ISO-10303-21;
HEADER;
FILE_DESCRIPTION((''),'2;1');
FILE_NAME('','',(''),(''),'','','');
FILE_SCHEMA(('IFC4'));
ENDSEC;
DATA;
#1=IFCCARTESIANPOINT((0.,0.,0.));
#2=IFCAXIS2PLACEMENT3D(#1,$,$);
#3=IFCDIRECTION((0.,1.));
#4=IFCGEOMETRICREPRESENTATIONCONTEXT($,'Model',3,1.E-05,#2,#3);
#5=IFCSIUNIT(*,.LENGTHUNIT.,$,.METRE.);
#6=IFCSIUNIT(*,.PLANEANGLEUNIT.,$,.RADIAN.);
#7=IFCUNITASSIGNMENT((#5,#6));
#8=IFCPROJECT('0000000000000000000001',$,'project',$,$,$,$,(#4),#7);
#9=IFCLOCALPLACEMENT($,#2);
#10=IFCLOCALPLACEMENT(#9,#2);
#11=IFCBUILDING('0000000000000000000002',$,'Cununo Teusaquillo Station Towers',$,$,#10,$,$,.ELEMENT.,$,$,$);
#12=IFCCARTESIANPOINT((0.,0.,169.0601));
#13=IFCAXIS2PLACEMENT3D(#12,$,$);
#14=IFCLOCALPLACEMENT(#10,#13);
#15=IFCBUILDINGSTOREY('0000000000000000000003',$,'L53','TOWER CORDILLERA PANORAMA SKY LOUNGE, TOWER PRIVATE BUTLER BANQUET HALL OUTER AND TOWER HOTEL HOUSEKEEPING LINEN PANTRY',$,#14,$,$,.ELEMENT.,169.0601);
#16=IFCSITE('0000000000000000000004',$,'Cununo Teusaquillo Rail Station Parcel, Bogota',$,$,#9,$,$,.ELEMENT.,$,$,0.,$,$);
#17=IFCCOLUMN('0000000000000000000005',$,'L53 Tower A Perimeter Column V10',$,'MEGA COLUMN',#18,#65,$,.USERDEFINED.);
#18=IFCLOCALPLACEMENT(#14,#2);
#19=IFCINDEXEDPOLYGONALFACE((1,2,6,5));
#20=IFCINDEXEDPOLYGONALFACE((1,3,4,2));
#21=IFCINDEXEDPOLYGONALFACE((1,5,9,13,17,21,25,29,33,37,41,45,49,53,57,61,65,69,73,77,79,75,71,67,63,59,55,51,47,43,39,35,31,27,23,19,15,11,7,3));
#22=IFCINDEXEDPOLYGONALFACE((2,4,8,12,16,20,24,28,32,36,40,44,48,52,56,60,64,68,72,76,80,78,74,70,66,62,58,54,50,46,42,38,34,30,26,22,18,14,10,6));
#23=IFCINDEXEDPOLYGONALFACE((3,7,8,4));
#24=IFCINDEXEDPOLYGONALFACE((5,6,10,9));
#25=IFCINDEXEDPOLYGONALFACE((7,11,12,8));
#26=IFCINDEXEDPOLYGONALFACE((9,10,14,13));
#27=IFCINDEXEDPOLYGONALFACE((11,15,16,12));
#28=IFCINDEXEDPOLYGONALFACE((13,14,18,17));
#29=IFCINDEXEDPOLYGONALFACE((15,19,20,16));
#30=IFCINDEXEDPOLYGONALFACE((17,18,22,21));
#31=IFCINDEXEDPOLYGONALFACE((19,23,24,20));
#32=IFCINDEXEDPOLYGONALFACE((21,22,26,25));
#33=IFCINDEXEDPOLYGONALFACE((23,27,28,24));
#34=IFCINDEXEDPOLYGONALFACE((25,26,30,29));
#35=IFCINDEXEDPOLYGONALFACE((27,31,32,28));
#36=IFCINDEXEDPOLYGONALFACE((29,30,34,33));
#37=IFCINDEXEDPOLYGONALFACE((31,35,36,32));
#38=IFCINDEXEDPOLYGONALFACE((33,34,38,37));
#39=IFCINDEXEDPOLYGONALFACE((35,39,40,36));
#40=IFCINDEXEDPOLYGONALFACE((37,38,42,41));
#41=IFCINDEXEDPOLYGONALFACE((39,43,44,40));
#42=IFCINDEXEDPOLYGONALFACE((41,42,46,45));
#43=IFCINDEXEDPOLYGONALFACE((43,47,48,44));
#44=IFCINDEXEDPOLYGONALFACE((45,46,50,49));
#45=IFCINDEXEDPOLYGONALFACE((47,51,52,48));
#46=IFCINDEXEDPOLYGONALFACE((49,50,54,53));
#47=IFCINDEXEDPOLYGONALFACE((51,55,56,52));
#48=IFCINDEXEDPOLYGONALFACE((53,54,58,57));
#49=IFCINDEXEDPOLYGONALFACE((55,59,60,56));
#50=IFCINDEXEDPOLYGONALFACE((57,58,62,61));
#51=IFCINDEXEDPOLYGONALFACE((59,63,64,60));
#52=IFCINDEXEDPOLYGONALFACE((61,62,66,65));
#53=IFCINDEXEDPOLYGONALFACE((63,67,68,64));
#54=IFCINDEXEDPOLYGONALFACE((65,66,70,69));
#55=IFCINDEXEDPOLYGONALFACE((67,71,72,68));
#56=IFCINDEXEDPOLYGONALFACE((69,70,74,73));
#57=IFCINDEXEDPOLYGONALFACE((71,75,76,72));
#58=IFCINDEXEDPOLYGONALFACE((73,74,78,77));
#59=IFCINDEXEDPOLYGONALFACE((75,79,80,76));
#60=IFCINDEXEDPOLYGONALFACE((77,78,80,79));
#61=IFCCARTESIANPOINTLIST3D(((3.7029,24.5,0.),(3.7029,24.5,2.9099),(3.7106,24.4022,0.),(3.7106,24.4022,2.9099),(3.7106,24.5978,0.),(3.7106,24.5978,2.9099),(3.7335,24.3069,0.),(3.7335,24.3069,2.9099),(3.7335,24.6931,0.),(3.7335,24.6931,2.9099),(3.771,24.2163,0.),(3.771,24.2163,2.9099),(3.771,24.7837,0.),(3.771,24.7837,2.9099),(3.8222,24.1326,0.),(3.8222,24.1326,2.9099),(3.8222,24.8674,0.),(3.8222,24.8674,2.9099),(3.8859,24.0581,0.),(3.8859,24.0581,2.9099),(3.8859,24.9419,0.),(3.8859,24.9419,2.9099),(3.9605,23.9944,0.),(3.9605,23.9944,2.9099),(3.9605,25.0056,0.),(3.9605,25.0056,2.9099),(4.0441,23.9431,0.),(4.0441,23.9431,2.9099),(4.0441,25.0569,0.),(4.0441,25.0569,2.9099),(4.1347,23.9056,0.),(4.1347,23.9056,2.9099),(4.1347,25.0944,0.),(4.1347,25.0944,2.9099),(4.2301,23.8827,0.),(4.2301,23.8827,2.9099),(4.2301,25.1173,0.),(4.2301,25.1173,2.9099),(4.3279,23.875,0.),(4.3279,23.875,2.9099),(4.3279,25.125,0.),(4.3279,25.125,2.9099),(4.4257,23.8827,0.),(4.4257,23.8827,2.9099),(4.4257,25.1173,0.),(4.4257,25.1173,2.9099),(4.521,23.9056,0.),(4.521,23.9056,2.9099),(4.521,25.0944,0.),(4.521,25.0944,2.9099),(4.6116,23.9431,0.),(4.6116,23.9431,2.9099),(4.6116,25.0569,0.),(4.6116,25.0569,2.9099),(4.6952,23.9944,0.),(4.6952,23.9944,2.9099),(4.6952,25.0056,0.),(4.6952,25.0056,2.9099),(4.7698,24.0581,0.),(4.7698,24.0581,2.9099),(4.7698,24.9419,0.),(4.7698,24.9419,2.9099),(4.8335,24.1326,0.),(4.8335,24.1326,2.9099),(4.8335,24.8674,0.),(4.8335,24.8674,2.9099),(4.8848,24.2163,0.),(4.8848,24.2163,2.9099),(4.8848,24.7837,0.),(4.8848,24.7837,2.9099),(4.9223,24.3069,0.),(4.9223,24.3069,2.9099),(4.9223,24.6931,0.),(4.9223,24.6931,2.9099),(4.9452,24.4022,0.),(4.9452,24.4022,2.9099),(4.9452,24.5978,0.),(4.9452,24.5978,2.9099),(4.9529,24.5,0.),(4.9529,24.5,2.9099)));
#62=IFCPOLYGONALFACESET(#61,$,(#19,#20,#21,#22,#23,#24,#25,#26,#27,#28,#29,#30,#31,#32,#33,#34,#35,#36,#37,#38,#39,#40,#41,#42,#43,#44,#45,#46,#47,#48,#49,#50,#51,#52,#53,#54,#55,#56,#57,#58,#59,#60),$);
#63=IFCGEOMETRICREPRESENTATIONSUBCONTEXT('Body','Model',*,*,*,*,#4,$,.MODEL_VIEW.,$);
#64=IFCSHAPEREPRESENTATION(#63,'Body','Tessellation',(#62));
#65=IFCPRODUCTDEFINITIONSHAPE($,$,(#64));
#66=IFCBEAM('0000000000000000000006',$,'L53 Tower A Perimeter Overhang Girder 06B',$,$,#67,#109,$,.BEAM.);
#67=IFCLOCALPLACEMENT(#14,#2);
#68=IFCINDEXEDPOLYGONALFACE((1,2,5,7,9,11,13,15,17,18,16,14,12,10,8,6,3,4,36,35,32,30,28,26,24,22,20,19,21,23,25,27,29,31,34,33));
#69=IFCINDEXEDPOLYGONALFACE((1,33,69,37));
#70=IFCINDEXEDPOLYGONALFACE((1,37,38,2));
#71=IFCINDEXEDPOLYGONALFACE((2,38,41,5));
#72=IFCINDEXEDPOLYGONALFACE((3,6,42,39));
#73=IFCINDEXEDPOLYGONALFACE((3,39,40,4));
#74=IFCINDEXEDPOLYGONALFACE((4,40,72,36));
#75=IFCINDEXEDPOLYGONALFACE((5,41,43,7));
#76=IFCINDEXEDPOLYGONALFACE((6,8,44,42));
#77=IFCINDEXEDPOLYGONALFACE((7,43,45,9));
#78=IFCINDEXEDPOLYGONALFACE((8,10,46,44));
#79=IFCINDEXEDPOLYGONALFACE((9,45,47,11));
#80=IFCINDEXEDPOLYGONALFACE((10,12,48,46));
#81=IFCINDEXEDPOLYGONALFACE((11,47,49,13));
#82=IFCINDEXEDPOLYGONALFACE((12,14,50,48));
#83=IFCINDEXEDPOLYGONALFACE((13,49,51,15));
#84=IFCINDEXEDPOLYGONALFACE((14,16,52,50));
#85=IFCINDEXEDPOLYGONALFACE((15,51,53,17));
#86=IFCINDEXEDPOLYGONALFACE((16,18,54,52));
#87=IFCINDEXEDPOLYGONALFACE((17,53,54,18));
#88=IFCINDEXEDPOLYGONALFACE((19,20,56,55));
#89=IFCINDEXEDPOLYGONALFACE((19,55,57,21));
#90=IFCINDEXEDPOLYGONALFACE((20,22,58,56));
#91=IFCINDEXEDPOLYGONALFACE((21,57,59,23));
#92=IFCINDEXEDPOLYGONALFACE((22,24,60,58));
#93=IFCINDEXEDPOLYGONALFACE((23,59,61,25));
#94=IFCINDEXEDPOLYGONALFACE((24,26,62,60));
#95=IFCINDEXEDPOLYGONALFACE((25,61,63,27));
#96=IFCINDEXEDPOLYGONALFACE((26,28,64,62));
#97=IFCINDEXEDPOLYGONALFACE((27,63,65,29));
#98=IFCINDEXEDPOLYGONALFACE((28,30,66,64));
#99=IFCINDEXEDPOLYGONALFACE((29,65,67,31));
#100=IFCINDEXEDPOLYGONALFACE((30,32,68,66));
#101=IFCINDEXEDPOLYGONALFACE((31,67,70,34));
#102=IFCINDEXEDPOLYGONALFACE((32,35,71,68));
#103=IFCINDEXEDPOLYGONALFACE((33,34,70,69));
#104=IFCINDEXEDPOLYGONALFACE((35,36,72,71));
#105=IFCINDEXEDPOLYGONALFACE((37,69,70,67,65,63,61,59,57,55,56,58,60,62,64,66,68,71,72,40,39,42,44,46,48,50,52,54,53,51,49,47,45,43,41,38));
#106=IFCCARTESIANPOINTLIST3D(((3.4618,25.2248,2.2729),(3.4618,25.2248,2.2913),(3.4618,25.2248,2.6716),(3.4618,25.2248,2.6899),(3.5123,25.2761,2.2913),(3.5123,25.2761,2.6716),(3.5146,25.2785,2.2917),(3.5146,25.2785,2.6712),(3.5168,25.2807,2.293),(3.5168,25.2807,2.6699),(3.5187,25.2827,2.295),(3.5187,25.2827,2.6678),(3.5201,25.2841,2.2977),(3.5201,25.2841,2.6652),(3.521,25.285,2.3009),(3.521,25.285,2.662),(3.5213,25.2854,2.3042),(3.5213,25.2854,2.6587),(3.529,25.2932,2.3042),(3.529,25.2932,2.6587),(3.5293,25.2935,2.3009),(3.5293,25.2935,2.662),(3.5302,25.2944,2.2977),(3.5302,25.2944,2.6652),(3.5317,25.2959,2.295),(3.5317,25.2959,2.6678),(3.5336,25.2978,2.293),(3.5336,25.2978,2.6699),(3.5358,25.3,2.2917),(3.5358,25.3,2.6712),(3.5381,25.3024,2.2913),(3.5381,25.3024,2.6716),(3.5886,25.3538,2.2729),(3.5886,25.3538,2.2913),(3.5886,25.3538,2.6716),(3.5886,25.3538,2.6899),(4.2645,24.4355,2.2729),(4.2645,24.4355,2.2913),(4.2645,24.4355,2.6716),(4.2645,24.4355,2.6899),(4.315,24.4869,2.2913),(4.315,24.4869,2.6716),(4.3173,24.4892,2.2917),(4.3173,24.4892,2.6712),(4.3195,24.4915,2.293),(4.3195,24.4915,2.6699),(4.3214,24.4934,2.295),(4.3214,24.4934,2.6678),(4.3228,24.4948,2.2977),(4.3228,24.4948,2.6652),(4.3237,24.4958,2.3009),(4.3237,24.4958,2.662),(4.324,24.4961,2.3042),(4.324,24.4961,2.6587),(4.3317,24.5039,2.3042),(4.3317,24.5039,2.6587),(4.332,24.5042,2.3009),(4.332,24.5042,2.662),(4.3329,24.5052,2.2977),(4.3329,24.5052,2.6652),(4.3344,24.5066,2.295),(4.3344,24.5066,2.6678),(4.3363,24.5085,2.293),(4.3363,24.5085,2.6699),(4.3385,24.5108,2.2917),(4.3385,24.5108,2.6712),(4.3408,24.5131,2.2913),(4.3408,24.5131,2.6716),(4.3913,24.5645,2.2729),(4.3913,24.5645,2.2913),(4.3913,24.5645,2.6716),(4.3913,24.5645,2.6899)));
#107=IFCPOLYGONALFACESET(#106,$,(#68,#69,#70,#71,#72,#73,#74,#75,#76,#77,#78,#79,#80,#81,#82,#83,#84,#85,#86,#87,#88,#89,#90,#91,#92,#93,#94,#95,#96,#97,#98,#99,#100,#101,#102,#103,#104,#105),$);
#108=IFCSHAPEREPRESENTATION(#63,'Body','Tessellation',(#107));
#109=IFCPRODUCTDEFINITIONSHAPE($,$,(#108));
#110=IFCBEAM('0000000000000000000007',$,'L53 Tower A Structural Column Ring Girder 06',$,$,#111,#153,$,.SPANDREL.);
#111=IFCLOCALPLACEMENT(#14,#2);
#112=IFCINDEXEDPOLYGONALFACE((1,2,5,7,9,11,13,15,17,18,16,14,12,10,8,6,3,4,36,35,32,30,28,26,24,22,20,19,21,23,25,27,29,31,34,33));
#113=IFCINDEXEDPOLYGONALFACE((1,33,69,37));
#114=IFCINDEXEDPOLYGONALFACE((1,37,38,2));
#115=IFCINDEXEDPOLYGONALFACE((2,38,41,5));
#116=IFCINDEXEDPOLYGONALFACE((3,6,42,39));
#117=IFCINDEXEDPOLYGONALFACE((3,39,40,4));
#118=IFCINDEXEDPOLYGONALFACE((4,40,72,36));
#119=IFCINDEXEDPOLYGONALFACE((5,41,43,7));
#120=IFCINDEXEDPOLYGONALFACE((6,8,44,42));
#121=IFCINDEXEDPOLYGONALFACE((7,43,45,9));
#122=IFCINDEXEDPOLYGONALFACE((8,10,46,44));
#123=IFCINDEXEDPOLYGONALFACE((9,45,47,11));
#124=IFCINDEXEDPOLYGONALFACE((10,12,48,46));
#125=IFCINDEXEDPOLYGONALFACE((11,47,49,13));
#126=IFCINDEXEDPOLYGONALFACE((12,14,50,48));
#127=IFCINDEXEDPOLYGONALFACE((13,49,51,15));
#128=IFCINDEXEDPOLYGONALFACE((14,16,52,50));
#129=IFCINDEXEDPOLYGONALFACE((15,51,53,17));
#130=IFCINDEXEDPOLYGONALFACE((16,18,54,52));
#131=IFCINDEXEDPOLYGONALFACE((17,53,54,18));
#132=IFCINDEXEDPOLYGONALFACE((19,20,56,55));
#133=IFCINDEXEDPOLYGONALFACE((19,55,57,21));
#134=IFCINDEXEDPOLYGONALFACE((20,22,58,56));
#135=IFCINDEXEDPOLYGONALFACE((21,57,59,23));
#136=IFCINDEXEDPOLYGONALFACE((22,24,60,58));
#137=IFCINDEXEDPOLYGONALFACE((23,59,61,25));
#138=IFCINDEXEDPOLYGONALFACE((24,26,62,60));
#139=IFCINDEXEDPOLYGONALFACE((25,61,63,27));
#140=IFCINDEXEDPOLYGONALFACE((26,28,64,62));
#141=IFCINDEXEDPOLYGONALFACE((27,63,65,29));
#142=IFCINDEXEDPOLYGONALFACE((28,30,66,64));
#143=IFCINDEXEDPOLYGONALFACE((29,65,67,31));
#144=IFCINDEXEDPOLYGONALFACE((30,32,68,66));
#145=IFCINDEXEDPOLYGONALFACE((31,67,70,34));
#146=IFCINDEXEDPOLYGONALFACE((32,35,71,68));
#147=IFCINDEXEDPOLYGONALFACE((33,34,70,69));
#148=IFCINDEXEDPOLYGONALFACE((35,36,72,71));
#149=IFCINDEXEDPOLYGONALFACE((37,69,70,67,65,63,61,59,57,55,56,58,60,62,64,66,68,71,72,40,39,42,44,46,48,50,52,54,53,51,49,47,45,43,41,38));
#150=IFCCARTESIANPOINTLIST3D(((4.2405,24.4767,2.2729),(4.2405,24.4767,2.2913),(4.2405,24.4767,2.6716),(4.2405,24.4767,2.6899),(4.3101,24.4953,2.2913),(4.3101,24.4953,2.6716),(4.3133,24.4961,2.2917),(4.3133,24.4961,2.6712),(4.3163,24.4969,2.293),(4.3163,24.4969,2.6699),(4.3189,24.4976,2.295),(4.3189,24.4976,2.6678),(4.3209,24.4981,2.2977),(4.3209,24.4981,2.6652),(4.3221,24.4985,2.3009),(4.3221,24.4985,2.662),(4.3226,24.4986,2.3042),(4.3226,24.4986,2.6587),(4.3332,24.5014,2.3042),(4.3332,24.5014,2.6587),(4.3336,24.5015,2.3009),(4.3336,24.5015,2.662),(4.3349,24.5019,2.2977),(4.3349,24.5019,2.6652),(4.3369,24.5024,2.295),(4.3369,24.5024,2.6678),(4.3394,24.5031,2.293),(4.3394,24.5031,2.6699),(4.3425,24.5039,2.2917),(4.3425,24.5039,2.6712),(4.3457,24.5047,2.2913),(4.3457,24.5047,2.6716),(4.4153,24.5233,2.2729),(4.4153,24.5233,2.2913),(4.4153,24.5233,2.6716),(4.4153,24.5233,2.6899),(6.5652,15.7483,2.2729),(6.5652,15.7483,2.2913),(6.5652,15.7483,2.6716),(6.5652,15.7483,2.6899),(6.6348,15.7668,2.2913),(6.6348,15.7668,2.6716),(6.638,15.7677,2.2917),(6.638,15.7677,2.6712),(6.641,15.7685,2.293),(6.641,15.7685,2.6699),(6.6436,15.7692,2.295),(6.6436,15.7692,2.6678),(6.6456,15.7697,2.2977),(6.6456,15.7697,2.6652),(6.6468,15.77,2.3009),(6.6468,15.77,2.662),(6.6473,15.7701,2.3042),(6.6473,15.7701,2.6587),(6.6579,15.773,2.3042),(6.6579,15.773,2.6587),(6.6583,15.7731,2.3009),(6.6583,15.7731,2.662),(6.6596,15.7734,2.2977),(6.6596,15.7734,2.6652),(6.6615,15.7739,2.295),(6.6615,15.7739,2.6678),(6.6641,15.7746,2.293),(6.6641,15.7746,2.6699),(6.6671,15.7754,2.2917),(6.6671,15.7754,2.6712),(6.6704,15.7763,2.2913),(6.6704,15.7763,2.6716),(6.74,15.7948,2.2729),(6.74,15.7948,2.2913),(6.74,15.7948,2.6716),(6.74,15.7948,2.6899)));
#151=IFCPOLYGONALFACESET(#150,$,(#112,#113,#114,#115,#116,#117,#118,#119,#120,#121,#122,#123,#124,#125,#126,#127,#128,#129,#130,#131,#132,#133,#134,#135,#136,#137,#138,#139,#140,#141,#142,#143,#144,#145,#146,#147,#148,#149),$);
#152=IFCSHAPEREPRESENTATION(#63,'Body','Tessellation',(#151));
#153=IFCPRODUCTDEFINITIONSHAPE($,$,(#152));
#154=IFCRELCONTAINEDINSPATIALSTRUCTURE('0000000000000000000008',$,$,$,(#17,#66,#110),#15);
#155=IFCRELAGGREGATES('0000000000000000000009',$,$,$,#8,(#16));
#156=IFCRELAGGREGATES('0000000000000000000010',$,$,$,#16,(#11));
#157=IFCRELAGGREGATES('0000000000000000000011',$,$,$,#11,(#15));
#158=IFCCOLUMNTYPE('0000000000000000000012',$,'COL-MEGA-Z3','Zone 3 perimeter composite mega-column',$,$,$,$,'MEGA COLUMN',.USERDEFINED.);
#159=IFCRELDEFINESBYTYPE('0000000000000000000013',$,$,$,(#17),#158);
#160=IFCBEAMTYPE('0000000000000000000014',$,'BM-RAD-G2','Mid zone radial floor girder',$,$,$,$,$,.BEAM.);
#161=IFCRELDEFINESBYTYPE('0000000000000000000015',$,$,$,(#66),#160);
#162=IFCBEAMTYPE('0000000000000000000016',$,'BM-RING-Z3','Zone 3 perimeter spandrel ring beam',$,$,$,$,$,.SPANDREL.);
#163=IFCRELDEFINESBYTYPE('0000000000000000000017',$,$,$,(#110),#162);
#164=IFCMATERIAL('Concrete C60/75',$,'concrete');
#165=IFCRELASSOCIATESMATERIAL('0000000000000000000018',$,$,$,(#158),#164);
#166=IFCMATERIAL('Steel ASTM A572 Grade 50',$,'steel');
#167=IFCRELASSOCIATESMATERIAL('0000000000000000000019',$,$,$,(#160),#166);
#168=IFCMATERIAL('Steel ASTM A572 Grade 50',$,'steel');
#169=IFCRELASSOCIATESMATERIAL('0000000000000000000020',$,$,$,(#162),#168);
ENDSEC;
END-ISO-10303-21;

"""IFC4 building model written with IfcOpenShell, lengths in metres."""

from ifc_helpers import new_model, si_unit, direction, frame, origin, origin_2d, place, context, subcontext, project, spatial, circle, i_section, extrude, material, material_profile, profile_set, type_object, element, save


model = new_model("IFC4")

# Units and contexts
model_context = context("Model", 3, precision=1e-05, world=origin(), true_north=direction((0.0, 1.0)))
body_context = subcontext(model_context, "Body", "Model", "MODEL_VIEW")
ifc_project = project(units=[si_unit("LENGTHUNIT", "METRE"), si_unit("PLANEANGLEUNIT", "RADIAN")], contexts=[model_context])

# Site, building, storey
site_placement = place(None, origin())
site = spatial("IfcSite", under=ifc_project, at=site_placement, Name="Cununo Teusaquillo Rail Station Parcel, Bogota", CompositionType="ELEMENT", RefElevation=0.0)
building_placement = place(site_placement, origin())
building = spatial("IfcBuilding", under=site, at=building_placement, Name="Cununo Teusaquillo Station Towers", CompositionType="ELEMENT")
storey_placement = place(building_placement, frame((0.0, 0.0, 169.0601)))
storey = spatial("IfcBuildingStorey", under=building, at=storey_placement, Name="L53", Description="TOWER CORDILLERA PANORAMA SKY LOUNGE, TOWER PRIVATE BUTLER BANQUET HALL OUTER AND TOWER HOTEL HOUSEKEEPING LINEN PANTRY", CompositionType="ELEMENT", Elevation=169.0601)

# Column
ifc_material_1 = material(Name="Concrete C60/75", Category="concrete")
ifc_material_profile_1 = material_profile(ifc_material_1, circle(Radius=0.625, at=origin_2d()), Name="RC-CIRC-1250")
ifc_profile_set_1 = profile_set([ifc_material_profile_1], Name="Concrete C60/75")
column_type = type_object("IfcColumnType", Name="COL-MEGA-Z3", Description="Zone 3 perimeter composite mega-column", ElementType="MEGA COLUMN", PredefinedType="USERDEFINED", material=ifc_profile_set_1)
column_placement = place(storey_placement, frame((4.3279, 24.5, 0.0), z_axis=(0.0, 0.0, 1.0), x_axis=(1.0, 0.0, 0.0)))
element("IfcColumn", 1, at=column_placement, inside=storey, type_object=column_type, Name="L53 Tower A Perimeter Column V10", ObjectType="MEGA COLUMN", PredefinedType="USERDEFINED", context=body_context, shape_type="SweptSolid", body=[
    extrude(circle(Radius=0.625, at=origin_2d()), origin(), (0.0, 0.0, 1.0), 2.9099),
])

# Beams
ifc_material_2 = material(Name="Steel ASTM A572 Grade 50", Category="steel")
ifc_material_profile_2 = material_profile(ifc_material_2, i_section(OverallWidth=0.1809, OverallDepth=0.417, WebThickness=0.011, FlangeThickness=0.0183, FilletRadius=0.0129, at=origin_2d()), Name="W16X57")
ifc_profile_set_2 = profile_set([ifc_material_profile_2], Name="Steel ASTM A572 Grade 50")
beam_type_1 = type_object("IfcBeamType", Name="BM-RAD-G2", Description="Mid zone radial floor girder", PredefinedType="BEAM", material=ifc_profile_set_2)
beam_1_placement = place(storey_placement, frame((4.3279, 24.5, 2.4814), z_axis=(-0.713045, 0.701118, 0.0), x_axis=(-0.701118, -0.713045, 0.0)))
element("IfcBeam", 2, at=beam_1_placement, inside=storey, type_object=beam_type_1, Name="L53 Tower A Perimeter Overhang Girder 06B", PredefinedType="BEAM", context=body_context, shape_type="SweptSolid", body=[
    extrude(i_section(OverallWidth=0.1809, OverallDepth=0.417, WebThickness=0.011, FlangeThickness=0.0183, FilletRadius=0.0129, at=origin_2d()), origin(), (0.0, 0.0, 1.0), 1.1257),
])
ifc_material_3 = material(Name="Steel ASTM A572 Grade 50", Category="steel")
ifc_material_profile_3 = material_profile(ifc_material_3, i_section(OverallWidth=0.1809, OverallDepth=0.417, WebThickness=0.011, FlangeThickness=0.0183, FilletRadius=0.0129, at=origin_2d()), Name="W16X57")
ifc_profile_set_3 = profile_set([ifc_material_profile_3], Name="Steel ASTM A572 Grade 50")
beam_type_2 = type_object("IfcBeamType", Name="BM-RING-Z3", Description="Zone 3 perimeter spandrel ring beam", PredefinedType="SPANDREL", material=ifc_profile_set_3)
beam_2_placement = place(storey_placement, frame((4.3279, 24.5, 2.4814), z_axis=(0.257363, -0.966315, 0.0), x_axis=(0.966315, 0.257363, 0.0)))
element("IfcBeam", 3, at=beam_2_placement, inside=storey, type_object=beam_type_2, Name="L53 Tower A Structural Column Ring Girder 06", PredefinedType="SPANDREL", context=body_context, shape_type="SweptSolid", body=[
    extrude(i_section(OverallWidth=0.1809, OverallDepth=0.417, WebThickness=0.011, FlangeThickness=0.0183, FilletRadius=0.0129, at=origin_2d()), origin(), (0.0, 0.0, 1.0), 9.0327),
])

save(model, "model.ifc")
